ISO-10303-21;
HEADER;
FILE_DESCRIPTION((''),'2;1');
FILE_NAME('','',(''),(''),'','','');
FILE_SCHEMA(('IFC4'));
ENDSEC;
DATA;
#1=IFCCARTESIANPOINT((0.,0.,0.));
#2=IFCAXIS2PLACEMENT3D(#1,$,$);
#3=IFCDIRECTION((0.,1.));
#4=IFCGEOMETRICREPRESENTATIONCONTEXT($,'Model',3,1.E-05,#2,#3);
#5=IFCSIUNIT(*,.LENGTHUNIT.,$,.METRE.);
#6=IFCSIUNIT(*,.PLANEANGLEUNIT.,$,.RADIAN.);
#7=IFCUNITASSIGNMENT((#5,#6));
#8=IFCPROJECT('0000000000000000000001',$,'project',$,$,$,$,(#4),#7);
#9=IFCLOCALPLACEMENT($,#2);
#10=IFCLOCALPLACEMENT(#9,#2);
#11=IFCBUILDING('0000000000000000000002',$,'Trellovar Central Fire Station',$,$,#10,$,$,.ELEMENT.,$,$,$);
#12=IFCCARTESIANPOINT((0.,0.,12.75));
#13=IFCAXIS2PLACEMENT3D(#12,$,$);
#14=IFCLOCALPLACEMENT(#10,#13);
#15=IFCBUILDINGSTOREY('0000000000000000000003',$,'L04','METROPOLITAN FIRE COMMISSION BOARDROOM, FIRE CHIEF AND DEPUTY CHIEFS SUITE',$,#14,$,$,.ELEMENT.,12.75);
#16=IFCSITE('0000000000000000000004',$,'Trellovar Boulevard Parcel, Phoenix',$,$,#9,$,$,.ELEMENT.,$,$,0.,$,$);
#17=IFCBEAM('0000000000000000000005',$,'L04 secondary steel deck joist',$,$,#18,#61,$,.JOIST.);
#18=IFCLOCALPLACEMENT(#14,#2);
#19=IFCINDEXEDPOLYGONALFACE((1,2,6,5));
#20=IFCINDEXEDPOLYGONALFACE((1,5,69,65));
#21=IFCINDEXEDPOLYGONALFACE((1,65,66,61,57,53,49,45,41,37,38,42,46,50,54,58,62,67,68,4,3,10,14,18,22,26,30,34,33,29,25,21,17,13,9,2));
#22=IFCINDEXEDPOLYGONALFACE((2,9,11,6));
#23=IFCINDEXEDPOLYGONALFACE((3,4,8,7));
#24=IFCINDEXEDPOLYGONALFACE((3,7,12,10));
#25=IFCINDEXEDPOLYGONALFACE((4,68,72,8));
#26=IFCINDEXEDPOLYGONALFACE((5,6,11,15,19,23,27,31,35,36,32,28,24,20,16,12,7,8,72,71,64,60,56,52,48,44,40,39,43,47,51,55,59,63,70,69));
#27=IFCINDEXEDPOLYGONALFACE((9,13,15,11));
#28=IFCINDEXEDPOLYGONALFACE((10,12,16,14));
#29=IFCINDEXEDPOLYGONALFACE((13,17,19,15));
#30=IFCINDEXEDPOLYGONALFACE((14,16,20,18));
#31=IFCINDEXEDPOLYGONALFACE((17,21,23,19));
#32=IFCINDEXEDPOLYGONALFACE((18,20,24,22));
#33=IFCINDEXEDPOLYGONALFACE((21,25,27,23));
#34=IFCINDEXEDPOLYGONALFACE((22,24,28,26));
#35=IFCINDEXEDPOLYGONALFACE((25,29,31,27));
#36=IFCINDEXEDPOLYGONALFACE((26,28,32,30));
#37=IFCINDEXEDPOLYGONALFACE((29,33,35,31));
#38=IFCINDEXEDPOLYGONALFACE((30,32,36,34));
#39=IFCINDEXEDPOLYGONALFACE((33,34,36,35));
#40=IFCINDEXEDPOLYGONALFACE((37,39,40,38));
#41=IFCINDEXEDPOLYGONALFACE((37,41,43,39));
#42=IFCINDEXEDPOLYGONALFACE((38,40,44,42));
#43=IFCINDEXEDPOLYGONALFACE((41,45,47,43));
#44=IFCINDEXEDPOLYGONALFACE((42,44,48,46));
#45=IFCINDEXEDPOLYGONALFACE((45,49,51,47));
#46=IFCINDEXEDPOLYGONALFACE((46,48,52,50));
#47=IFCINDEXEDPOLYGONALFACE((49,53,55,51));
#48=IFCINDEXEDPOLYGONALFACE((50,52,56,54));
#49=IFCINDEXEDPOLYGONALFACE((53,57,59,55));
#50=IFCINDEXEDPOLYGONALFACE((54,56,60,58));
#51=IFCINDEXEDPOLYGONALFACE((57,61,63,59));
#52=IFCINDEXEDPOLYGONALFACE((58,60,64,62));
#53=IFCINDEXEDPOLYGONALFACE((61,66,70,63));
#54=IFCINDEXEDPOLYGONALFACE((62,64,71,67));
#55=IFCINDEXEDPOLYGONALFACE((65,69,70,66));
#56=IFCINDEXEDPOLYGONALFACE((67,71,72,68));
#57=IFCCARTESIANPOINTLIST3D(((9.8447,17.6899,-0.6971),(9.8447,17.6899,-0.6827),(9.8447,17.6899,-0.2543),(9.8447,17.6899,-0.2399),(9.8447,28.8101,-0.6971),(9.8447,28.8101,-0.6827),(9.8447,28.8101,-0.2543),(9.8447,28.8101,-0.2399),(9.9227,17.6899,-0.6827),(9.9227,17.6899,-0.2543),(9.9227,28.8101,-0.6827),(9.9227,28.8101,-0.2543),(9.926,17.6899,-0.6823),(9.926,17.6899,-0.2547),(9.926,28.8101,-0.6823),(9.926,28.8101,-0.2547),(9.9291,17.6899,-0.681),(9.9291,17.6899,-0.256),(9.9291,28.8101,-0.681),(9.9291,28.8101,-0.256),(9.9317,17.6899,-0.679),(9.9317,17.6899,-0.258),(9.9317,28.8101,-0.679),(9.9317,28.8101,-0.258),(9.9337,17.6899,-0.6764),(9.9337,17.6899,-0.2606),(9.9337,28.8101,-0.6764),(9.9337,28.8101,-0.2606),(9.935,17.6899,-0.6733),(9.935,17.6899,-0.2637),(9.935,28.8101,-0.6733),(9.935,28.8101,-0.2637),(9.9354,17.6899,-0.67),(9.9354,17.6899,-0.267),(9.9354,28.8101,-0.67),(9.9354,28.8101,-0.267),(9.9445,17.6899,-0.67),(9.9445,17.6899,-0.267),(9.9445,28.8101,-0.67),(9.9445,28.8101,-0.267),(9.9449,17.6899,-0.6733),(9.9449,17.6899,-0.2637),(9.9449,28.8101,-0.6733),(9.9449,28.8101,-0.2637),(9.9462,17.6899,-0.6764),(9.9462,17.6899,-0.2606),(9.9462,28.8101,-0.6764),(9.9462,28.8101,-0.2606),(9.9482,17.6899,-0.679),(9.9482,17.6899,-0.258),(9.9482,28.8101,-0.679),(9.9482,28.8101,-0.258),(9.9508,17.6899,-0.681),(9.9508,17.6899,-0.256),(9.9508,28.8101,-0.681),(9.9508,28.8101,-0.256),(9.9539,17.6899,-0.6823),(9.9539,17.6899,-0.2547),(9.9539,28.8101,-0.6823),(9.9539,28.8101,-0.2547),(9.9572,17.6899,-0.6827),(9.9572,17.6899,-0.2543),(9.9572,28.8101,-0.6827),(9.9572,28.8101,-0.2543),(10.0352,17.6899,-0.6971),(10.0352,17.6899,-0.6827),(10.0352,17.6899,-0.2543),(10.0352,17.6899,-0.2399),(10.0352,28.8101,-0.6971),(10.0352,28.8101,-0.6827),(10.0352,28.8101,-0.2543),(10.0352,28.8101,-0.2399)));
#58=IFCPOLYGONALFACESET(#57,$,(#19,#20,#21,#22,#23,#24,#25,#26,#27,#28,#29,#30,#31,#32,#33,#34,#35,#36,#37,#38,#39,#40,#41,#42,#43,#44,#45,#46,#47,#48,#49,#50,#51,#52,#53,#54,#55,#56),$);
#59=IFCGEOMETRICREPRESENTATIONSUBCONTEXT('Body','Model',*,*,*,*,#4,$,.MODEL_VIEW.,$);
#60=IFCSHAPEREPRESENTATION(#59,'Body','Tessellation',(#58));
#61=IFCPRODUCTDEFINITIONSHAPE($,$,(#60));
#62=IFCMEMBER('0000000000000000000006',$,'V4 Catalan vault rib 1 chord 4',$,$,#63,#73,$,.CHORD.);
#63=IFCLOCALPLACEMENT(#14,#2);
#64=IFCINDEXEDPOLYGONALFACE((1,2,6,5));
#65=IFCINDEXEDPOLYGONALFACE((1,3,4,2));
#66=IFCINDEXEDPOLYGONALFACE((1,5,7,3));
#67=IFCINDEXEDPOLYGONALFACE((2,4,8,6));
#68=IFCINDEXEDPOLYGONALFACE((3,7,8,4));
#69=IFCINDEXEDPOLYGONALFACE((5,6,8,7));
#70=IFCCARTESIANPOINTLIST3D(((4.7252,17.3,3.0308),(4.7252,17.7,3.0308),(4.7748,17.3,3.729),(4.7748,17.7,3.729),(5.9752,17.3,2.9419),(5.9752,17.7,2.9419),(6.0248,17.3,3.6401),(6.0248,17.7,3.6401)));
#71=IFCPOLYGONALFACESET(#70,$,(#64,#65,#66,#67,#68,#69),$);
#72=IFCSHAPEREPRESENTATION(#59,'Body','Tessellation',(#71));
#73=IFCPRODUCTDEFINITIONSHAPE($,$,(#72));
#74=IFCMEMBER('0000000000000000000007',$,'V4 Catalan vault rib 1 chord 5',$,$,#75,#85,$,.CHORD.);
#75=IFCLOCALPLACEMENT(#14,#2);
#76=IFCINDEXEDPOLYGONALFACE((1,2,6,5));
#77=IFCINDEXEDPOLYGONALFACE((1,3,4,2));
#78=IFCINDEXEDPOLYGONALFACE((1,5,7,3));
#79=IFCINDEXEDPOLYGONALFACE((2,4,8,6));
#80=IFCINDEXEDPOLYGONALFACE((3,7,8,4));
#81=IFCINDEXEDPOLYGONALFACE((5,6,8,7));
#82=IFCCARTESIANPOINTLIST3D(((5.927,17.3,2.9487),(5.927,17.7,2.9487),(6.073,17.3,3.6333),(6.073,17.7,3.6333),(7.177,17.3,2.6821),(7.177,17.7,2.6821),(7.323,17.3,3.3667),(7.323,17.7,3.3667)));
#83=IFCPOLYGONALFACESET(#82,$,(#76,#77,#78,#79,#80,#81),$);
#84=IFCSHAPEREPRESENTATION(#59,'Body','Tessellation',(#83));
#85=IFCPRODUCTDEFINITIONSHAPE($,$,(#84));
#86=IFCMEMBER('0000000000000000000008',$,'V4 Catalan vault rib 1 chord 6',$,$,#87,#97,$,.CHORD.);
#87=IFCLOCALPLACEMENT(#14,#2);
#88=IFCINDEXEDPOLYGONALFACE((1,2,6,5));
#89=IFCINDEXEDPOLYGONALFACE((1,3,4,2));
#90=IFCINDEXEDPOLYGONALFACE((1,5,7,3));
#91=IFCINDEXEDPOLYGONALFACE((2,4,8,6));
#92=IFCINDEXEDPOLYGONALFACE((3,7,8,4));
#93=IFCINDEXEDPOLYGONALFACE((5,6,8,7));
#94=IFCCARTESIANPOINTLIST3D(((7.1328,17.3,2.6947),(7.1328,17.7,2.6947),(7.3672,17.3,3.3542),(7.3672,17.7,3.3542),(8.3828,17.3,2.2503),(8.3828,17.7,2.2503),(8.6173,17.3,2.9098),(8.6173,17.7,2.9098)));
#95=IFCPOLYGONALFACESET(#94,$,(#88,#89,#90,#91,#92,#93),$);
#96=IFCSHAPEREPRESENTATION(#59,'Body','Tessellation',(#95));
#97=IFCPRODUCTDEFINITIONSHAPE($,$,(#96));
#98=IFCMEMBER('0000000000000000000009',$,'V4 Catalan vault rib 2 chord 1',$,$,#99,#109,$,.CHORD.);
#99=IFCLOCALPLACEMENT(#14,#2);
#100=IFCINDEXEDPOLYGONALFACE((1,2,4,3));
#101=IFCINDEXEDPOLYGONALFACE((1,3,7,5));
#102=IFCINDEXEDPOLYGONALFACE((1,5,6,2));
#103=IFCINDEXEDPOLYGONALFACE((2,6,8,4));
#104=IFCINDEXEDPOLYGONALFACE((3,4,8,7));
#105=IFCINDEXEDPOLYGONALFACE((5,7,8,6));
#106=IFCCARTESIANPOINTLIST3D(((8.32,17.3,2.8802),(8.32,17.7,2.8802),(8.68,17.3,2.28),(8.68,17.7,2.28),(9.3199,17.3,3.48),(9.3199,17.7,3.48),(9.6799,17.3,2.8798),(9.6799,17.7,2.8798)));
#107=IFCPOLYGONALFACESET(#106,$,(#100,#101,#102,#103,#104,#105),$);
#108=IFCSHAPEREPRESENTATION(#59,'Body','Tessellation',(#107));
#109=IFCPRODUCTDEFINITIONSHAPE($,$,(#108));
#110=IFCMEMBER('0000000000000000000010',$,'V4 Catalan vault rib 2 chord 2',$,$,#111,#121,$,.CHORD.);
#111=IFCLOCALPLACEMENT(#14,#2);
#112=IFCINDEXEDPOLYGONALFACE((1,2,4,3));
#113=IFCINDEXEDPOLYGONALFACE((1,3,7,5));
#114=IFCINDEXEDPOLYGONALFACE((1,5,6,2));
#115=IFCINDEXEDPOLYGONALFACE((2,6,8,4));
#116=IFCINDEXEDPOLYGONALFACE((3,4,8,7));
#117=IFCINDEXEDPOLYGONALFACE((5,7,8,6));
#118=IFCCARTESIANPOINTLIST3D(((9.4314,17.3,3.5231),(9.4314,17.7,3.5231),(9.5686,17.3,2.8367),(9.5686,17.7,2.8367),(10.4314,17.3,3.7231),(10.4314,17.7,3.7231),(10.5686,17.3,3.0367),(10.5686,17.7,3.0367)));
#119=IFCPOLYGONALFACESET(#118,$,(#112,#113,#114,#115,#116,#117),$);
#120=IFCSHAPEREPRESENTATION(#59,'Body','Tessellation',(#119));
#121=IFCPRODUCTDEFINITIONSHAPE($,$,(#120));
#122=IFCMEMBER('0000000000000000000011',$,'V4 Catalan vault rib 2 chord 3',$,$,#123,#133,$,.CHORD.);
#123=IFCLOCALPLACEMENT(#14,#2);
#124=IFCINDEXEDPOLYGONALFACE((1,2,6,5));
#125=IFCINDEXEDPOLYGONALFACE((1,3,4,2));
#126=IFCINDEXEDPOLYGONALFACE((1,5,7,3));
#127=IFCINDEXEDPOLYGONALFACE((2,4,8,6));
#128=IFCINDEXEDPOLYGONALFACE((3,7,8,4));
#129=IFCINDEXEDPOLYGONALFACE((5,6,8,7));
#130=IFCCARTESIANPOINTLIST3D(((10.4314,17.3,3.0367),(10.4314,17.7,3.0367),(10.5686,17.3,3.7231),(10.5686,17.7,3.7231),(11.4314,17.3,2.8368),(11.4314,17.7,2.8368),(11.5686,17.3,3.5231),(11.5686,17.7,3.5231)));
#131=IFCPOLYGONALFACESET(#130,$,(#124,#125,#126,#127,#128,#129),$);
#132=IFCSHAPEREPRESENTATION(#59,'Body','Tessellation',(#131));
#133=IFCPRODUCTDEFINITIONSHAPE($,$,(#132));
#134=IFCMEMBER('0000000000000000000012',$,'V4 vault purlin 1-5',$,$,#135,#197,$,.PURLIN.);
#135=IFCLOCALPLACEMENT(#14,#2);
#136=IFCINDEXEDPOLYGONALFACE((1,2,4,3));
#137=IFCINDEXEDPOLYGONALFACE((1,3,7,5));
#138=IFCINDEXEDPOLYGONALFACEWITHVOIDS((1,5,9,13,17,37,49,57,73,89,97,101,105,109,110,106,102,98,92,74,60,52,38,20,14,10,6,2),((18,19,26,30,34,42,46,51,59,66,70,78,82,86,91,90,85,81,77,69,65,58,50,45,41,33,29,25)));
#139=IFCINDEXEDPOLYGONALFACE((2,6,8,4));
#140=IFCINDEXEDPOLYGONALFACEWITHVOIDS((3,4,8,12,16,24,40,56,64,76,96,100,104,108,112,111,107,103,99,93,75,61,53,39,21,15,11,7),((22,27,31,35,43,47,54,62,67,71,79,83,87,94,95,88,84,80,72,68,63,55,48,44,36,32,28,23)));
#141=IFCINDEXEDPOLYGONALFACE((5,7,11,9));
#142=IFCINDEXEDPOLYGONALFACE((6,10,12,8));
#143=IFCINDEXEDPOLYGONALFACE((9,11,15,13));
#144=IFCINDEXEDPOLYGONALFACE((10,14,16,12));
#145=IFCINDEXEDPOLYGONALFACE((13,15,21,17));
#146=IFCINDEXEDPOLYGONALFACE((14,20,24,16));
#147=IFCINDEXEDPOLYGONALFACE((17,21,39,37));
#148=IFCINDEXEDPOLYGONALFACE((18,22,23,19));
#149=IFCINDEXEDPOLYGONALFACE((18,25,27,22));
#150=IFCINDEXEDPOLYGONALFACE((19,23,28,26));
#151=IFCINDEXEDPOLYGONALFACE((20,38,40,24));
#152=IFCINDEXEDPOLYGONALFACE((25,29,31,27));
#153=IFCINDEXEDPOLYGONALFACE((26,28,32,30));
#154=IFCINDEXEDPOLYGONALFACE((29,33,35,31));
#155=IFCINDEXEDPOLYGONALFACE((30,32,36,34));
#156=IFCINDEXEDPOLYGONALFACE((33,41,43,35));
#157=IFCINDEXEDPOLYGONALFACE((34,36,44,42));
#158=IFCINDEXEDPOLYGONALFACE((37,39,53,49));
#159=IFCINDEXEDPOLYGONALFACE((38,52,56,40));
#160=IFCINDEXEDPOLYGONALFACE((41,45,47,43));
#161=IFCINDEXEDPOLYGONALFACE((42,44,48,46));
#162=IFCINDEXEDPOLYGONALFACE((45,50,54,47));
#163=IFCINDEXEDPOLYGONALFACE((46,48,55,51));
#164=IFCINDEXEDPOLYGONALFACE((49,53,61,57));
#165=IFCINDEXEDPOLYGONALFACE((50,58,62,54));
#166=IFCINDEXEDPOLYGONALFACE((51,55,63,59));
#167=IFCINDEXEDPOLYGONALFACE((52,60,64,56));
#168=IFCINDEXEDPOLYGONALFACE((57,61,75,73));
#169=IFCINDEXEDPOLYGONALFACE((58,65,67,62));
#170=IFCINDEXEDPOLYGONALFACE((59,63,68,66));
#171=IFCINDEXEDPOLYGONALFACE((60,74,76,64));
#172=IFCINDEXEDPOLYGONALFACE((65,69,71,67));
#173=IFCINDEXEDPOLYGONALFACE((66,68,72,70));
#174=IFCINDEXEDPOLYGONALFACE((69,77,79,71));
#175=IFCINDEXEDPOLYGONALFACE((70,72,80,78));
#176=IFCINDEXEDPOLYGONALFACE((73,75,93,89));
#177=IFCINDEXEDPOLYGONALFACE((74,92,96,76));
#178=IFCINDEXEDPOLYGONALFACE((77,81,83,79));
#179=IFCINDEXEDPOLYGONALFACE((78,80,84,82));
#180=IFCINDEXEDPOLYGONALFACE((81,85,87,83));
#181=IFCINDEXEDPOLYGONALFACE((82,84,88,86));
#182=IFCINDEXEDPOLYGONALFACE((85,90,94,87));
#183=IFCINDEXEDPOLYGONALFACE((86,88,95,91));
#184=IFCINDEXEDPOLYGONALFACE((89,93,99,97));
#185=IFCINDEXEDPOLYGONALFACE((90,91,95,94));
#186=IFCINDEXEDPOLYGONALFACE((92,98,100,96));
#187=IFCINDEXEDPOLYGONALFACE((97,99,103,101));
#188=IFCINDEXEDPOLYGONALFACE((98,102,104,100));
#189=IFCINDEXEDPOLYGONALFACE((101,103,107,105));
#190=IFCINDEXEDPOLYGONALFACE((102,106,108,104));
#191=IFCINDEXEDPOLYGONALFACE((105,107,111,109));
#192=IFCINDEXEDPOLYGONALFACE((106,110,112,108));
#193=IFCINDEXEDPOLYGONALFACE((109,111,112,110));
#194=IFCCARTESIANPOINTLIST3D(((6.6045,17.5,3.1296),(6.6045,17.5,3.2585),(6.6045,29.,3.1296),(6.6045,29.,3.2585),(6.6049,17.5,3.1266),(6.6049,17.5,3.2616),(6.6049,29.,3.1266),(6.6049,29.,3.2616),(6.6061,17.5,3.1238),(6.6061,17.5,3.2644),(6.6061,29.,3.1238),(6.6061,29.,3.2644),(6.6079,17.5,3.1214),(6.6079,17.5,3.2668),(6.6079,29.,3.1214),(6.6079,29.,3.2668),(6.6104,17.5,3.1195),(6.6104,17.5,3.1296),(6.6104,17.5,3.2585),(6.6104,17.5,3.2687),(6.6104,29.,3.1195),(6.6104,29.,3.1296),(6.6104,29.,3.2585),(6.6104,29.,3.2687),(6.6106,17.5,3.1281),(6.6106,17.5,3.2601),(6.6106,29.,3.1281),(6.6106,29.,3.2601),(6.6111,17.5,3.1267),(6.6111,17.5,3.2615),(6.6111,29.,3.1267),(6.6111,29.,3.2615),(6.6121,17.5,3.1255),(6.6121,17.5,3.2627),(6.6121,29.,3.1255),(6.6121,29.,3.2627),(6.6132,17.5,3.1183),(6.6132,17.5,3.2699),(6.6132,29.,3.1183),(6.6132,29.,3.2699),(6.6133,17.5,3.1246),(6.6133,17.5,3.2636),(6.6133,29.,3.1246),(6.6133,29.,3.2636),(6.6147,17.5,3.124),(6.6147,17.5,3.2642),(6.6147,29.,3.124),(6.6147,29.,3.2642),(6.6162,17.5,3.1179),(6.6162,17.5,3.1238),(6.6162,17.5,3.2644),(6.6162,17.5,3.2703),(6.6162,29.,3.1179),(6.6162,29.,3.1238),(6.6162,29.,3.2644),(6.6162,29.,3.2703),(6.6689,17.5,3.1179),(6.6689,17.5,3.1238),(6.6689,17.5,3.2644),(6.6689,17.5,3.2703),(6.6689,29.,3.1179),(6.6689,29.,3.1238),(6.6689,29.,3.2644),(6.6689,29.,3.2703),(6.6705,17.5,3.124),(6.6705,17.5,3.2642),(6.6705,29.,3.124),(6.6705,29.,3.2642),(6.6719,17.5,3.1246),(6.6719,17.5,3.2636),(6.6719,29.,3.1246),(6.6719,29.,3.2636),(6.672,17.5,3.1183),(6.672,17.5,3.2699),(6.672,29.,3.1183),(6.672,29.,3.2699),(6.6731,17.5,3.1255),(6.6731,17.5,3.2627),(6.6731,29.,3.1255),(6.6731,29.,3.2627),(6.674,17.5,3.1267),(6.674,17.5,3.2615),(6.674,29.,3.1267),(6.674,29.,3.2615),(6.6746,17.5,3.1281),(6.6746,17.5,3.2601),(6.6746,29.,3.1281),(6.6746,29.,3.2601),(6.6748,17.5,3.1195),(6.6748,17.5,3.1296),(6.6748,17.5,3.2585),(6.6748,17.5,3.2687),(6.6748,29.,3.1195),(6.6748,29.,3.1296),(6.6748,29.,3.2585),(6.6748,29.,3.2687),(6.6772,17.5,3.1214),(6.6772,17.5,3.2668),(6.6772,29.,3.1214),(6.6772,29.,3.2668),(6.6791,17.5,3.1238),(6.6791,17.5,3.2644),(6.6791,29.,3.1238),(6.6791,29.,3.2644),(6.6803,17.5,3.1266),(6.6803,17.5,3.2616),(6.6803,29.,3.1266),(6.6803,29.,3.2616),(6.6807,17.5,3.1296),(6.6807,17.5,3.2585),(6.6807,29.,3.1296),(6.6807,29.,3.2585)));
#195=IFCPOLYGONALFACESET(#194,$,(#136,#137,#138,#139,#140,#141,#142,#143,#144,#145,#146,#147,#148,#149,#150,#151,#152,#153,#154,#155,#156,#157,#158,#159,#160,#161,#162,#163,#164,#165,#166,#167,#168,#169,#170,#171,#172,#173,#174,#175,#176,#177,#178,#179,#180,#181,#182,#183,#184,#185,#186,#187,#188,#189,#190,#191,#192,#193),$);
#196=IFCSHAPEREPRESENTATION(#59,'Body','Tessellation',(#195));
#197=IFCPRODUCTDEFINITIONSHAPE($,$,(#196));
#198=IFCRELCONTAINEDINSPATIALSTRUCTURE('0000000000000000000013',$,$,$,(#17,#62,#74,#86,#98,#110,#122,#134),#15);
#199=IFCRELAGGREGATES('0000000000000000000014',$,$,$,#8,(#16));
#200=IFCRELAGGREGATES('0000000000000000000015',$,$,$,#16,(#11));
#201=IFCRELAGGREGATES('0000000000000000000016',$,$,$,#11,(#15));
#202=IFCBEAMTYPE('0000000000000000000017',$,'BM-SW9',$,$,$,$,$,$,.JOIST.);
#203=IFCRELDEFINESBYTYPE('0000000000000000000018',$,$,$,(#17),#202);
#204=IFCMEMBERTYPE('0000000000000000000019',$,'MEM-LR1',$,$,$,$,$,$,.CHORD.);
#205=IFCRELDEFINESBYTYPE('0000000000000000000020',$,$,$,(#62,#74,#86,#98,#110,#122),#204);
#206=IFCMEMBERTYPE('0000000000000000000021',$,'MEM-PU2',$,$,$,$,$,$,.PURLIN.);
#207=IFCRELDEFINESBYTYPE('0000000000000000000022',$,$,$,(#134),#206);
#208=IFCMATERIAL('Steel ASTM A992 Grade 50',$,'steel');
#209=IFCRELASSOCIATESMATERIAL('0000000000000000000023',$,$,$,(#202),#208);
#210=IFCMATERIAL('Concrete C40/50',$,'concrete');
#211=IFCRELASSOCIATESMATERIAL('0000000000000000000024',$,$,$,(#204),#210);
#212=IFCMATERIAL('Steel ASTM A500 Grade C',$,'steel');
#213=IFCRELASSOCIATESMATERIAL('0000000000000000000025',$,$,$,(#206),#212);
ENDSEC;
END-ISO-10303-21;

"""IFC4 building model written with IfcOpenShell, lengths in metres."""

from ifc_helpers import new_model, si_unit, direction, frame, origin, origin_2d, place, context, subcontext, project, spatial, rectangle, hollow_rectangle, i_section, extrude, material, material_profile, profile_set, type_object, element, save


model = new_model("IFC4")

# Units and contexts
model_context = context("Model", 3, precision=1e-05, world=origin(), true_north=direction((0.0, 1.0)))
body_context = subcontext(model_context, "Body", "Model", "MODEL_VIEW")
ifc_project = project(units=[si_unit("LENGTHUNIT", "METRE"), si_unit("PLANEANGLEUNIT", "RADIAN")], contexts=[model_context])

# Site, building, storey
site_placement = place(None, origin())
site = spatial("IfcSite", under=ifc_project, at=site_placement, Name="Trellovar Boulevard Parcel, Phoenix", CompositionType="ELEMENT", RefElevation=0.0)
building_placement = place(site_placement, origin())
building = spatial("IfcBuilding", under=site, at=building_placement, Name="Trellovar Central Fire Station", CompositionType="ELEMENT")
storey_placement = place(building_placement, frame((0.0, 0.0, 12.75)))
storey = spatial("IfcBuildingStorey", under=building, at=storey_placement, Name="L04", Description="METROPOLITAN FIRE COMMISSION BOARDROOM, FIRE CHIEF AND DEPUTY CHIEFS SUITE", CompositionType="ELEMENT", Elevation=12.75)

# Beam
ifc_material_1 = material(Name="Steel ASTM A992 Grade 50", Category="steel")
ifc_material_profile_1 = material_profile(ifc_material_1, i_section(OverallWidth=0.1904, OverallDepth=0.4573, WebThickness=0.009, FlangeThickness=0.0144, FilletRadius=0.0127, at=origin_2d()), Name="W18X50")
ifc_profile_set_1 = profile_set([ifc_material_profile_1], Name="Steel ASTM A992 Grade 50")
beam_type_1 = type_object("IfcBeamType", Name="BM-SW9", PredefinedType="JOIST", material=ifc_profile_set_1)
beam_1_placement = place(storey_placement, frame((9.9399, 17.6899, -0.4685), z_axis=(0.0, 1.0, 0.0), x_axis=(-1.0, 0.0, 0.0)))
element("IfcBeam", 1, at=beam_1_placement, inside=storey, type_object=beam_type_1, Name="L04 secondary steel deck joist", PredefinedType="JOIST", context=body_context, shape_type="SweptSolid", body=[
    extrude(i_section(OverallWidth=0.1904, OverallDepth=0.4573, WebThickness=0.009, FlangeThickness=0.0144, FilletRadius=0.0127, at=origin_2d()), origin(), (0.0, 0.0, 1.0), 11.1201),
])

# Members
ifc_material_2 = material(Name="Concrete C40/50", Category="concrete")
ifc_material_profile_2 = material_profile(ifc_material_2, rectangle(XDim=0.3999, YDim=0.7, at=origin_2d()), Name="RC400X700")
ifc_profile_set_2 = profile_set([ifc_material_profile_2], Name="Concrete C40/50")
member_type_1 = type_object("IfcMemberType", Name="MEM-LR1", PredefinedType="CHORD", material=ifc_profile_set_2)
member_1_placement = place(storey_placement, frame((4.75, 17.5, 3.3799), z_axis=(0.997482, 0.0, -0.070915), x_axis=(0.0, 1.0, 0.0)))
element("IfcMember", 2, at=member_1_placement, inside=storey, type_object=member_type_1, Name="V4 Catalan vault rib 1 chord 4", PredefinedType="CHORD", context=body_context, shape_type="SweptSolid", body=[
    extrude(rectangle(XDim=0.3999, YDim=0.7, at=origin_2d()), origin(), (0.0, 0.0, 1.0), 1.2532),
])
member_2_placement = place(storey_placement, frame((6.0, 17.5, 3.291), z_axis=(0.978003, 0.0, -0.20859), x_axis=(0.0, 1.0, 0.0)))
element("IfcMember", 3, at=member_2_placement, inside=storey, type_object=member_type_1, Name="V4 Catalan vault rib 1 chord 5", PredefinedType="CHORD", context=body_context, shape_type="SweptSolid", body=[
    extrude(rectangle(XDim=0.3999, YDim=0.7, at=origin_2d()), origin(), (0.0, 0.0, 1.0), 1.2781),
])
member_3_placement = place(storey_placement, frame((7.25, 17.5, 3.0244), z_axis=(0.942241, 0.0, -0.334937), x_axis=(0.0, 1.0, 0.0)))
element("IfcMember", 4, at=member_3_placement, inside=storey, type_object=member_type_1, Name="V4 Catalan vault rib 1 chord 6", PredefinedType="CHORD", context=body_context, shape_type="SweptSolid", body=[
    extrude(rectangle(XDim=0.3999, YDim=0.7, at=origin_2d()), origin(), (0.0, 0.0, 1.0), 1.3267),
])
member_4_placement = place(storey_placement, frame((8.5, 17.5, 2.5801), z_axis=(0.857548, 0.0, 0.514403), x_axis=(0.0, 1.0, 0.0)))
element("IfcMember", 5, at=member_4_placement, inside=storey, type_object=member_type_1, Name="V4 Catalan vault rib 2 chord 1", PredefinedType="CHORD", context=body_context, shape_type="SweptSolid", body=[
    extrude(rectangle(XDim=0.3999, YDim=0.7, at=origin_2d()), origin(), (0.0, 0.0, 1.0), 1.166),
])
for number, where, z_axis, x_axis, name in (
    (6, (9.5, 17.5, 3.1799), (0.98059, 0.0, 0.19607), (0.0, 1.0, 0.0), "V4 Catalan vault rib 2 chord 2"),
    (7, (10.5, 17.5, 3.3799), (0.98059, 0.0, -0.19607), (0.0, 1.0, 0.0), "V4 Catalan vault rib 2 chord 3"),
):
    element("IfcMember", number, at=place(storey_placement, frame(where, z_axis=z_axis, x_axis=x_axis)), inside=storey, type_object=member_type_1, Name=name, PredefinedType="CHORD", context=body_context, shape_type="SweptSolid", body=[
        extrude(rectangle(XDim=0.3999, YDim=0.7, at=origin_2d()), origin(), (0.0, 0.0, 1.0), 1.0198),
    ])
ifc_material_3 = material(Name="Steel ASTM A500 Grade C", Category="steel")
ifc_material_profile_3 = material_profile(ifc_material_3, hollow_rectangle(XDim=0.0762, YDim=0.1523, WallThickness=0.0059, InnerFilletRadius=0.0059, OuterFilletRadius=0.0117, at=origin_2d()), Name="HSS6X3X1/4")
ifc_profile_set_3 = profile_set([ifc_material_profile_3], Name="Steel ASTM A500 Grade C")
member_type_2 = type_object("IfcMemberType", Name="MEM-PU2", PredefinedType="PURLIN", material=ifc_profile_set_3)
for number, where, z_axis, x_axis, name in (
    (8, (6.6426, 17.5, 3.1941), (0.0, 1.0, 0.0), (-1.0, 0.0, 0.0), "V4 vault purlin 1-5"),
):
    element("IfcMember", number, at=place(storey_placement, frame(where, z_axis=z_axis, x_axis=x_axis)), inside=storey, type_object=member_type_2, Name=name, PredefinedType="PURLIN", context=body_context, shape_type="SweptSolid", body=[
        extrude(hollow_rectangle(XDim=0.0762, YDim=0.1523, WallThickness=0.0059, InnerFilletRadius=0.0059, OuterFilletRadius=0.0117, at=origin_2d()), origin(), (0.0, 0.0, 1.0), 11.5),
    ])

save(model, "model.ifc")
